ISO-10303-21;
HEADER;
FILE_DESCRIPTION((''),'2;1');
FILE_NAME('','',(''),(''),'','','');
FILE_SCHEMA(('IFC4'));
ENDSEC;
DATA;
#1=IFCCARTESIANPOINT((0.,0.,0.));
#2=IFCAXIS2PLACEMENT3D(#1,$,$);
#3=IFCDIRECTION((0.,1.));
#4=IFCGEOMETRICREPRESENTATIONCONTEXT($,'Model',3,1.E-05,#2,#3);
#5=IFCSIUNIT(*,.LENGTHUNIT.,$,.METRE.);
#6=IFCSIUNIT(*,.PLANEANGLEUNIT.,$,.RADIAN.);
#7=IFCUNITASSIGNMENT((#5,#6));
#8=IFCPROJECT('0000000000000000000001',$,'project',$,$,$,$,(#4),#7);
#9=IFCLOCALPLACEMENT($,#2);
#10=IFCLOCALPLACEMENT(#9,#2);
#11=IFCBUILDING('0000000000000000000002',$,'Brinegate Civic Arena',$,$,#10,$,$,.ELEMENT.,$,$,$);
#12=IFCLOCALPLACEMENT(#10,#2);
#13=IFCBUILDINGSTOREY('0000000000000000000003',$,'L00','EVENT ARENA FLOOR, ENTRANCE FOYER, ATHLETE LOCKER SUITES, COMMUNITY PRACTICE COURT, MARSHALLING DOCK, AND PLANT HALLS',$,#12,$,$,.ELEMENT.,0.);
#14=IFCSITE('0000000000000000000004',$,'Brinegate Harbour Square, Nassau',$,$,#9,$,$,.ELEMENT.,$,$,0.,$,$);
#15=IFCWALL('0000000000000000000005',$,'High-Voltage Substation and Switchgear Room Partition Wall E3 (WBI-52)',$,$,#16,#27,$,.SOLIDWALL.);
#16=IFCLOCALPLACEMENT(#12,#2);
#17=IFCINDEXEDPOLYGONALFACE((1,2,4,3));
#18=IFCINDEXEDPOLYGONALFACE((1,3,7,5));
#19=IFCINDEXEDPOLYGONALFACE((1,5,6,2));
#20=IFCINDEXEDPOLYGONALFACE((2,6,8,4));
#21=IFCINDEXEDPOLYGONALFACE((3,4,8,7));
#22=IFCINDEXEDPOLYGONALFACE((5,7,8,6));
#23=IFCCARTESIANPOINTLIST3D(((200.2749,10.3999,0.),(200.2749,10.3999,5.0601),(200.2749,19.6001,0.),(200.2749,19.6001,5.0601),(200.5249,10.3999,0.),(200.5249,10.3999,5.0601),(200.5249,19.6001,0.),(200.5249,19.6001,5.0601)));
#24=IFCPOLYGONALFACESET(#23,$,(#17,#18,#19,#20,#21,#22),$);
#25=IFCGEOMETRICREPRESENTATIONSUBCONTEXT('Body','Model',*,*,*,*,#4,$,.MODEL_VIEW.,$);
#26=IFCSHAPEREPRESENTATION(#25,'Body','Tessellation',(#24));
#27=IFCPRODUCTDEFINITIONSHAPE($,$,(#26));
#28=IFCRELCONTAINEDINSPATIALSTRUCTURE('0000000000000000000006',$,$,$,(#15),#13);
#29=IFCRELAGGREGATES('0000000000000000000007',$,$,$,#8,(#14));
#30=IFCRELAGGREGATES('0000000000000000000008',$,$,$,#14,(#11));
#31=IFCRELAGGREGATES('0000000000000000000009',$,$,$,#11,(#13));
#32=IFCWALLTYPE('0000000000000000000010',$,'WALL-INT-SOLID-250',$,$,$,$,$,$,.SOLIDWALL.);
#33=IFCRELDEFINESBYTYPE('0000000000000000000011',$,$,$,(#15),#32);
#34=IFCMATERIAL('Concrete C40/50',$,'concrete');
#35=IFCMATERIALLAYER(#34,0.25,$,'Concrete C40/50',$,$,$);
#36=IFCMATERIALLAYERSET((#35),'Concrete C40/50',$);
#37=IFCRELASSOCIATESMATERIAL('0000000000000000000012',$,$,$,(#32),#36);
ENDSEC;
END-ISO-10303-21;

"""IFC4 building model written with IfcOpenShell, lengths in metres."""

from ifc_helpers import new_model, si_unit, direction, frame, frame_2d, origin, place, context, subcontext, project, spatial, rectangle, extrude, material, layer, layer_set, type_object, element, save


model = new_model("IFC4")

# Units and contexts
model_context = context("Model", 3, precision=1e-05, world=origin(), true_north=direction((0.0, 1.0)))
body_context = subcontext(model_context, "Body", "Model", "MODEL_VIEW")
ifc_project = project(units=[si_unit("LENGTHUNIT", "METRE"), si_unit("PLANEANGLEUNIT", "RADIAN")], contexts=[model_context])

# Site, building, storey
site_placement = place(None, origin())
site = spatial("IfcSite", under=ifc_project, at=site_placement, Name="Brinegate Harbour Square, Nassau", CompositionType="ELEMENT", RefElevation=0.0)
building_placement = place(site_placement, origin())
building = spatial("IfcBuilding", under=site, at=building_placement, Name="Brinegate Civic Arena", CompositionType="ELEMENT")
storey_placement = place(building_placement, origin())
storey = spatial("IfcBuildingStorey", under=building, at=storey_placement, Name="L00", Description="EVENT ARENA FLOOR, ENTRANCE FOYER, ATHLETE LOCKER SUITES, COMMUNITY PRACTICE COURT, MARSHALLING DOCK, AND PLANT HALLS", CompositionType="ELEMENT", Elevation=0.0)

# Shared definitions
ifc_material_1 = material(Name="Concrete C40/50", Category="concrete")

# Wall
ifc_layer_1 = layer(ifc_material_1, 0.25, Name="Concrete C40/50")
ifc_layer_set_1 = layer_set([ifc_layer_1], Name="Concrete C40/50")
wall_type = type_object("IfcWallType", Name="WALL-INT-SOLID-250", PredefinedType="SOLIDWALL", material=ifc_layer_set_1)
wall_placement = place(storey_placement, frame((200.3999, 10.3999, 0.0), z_axis=(0.0, 0.0, 1.0), x_axis=(0.0, 1.0, 0.0)))
element("IfcWall", 1, at=wall_placement, inside=storey, type_object=wall_type, Name="High-Voltage Substation and Switchgear Room Partition Wall E3 (WBI-52)", PredefinedType="SOLIDWALL", context=body_context, shape_type="SweptSolid", body=[
    extrude(rectangle(XDim=9.2002, YDim=0.25, at=frame_2d((4.6001, 0.0))), origin(), (0.0, 0.0, 1.0), 5.0601),
])

save(model, "model.ifc")
